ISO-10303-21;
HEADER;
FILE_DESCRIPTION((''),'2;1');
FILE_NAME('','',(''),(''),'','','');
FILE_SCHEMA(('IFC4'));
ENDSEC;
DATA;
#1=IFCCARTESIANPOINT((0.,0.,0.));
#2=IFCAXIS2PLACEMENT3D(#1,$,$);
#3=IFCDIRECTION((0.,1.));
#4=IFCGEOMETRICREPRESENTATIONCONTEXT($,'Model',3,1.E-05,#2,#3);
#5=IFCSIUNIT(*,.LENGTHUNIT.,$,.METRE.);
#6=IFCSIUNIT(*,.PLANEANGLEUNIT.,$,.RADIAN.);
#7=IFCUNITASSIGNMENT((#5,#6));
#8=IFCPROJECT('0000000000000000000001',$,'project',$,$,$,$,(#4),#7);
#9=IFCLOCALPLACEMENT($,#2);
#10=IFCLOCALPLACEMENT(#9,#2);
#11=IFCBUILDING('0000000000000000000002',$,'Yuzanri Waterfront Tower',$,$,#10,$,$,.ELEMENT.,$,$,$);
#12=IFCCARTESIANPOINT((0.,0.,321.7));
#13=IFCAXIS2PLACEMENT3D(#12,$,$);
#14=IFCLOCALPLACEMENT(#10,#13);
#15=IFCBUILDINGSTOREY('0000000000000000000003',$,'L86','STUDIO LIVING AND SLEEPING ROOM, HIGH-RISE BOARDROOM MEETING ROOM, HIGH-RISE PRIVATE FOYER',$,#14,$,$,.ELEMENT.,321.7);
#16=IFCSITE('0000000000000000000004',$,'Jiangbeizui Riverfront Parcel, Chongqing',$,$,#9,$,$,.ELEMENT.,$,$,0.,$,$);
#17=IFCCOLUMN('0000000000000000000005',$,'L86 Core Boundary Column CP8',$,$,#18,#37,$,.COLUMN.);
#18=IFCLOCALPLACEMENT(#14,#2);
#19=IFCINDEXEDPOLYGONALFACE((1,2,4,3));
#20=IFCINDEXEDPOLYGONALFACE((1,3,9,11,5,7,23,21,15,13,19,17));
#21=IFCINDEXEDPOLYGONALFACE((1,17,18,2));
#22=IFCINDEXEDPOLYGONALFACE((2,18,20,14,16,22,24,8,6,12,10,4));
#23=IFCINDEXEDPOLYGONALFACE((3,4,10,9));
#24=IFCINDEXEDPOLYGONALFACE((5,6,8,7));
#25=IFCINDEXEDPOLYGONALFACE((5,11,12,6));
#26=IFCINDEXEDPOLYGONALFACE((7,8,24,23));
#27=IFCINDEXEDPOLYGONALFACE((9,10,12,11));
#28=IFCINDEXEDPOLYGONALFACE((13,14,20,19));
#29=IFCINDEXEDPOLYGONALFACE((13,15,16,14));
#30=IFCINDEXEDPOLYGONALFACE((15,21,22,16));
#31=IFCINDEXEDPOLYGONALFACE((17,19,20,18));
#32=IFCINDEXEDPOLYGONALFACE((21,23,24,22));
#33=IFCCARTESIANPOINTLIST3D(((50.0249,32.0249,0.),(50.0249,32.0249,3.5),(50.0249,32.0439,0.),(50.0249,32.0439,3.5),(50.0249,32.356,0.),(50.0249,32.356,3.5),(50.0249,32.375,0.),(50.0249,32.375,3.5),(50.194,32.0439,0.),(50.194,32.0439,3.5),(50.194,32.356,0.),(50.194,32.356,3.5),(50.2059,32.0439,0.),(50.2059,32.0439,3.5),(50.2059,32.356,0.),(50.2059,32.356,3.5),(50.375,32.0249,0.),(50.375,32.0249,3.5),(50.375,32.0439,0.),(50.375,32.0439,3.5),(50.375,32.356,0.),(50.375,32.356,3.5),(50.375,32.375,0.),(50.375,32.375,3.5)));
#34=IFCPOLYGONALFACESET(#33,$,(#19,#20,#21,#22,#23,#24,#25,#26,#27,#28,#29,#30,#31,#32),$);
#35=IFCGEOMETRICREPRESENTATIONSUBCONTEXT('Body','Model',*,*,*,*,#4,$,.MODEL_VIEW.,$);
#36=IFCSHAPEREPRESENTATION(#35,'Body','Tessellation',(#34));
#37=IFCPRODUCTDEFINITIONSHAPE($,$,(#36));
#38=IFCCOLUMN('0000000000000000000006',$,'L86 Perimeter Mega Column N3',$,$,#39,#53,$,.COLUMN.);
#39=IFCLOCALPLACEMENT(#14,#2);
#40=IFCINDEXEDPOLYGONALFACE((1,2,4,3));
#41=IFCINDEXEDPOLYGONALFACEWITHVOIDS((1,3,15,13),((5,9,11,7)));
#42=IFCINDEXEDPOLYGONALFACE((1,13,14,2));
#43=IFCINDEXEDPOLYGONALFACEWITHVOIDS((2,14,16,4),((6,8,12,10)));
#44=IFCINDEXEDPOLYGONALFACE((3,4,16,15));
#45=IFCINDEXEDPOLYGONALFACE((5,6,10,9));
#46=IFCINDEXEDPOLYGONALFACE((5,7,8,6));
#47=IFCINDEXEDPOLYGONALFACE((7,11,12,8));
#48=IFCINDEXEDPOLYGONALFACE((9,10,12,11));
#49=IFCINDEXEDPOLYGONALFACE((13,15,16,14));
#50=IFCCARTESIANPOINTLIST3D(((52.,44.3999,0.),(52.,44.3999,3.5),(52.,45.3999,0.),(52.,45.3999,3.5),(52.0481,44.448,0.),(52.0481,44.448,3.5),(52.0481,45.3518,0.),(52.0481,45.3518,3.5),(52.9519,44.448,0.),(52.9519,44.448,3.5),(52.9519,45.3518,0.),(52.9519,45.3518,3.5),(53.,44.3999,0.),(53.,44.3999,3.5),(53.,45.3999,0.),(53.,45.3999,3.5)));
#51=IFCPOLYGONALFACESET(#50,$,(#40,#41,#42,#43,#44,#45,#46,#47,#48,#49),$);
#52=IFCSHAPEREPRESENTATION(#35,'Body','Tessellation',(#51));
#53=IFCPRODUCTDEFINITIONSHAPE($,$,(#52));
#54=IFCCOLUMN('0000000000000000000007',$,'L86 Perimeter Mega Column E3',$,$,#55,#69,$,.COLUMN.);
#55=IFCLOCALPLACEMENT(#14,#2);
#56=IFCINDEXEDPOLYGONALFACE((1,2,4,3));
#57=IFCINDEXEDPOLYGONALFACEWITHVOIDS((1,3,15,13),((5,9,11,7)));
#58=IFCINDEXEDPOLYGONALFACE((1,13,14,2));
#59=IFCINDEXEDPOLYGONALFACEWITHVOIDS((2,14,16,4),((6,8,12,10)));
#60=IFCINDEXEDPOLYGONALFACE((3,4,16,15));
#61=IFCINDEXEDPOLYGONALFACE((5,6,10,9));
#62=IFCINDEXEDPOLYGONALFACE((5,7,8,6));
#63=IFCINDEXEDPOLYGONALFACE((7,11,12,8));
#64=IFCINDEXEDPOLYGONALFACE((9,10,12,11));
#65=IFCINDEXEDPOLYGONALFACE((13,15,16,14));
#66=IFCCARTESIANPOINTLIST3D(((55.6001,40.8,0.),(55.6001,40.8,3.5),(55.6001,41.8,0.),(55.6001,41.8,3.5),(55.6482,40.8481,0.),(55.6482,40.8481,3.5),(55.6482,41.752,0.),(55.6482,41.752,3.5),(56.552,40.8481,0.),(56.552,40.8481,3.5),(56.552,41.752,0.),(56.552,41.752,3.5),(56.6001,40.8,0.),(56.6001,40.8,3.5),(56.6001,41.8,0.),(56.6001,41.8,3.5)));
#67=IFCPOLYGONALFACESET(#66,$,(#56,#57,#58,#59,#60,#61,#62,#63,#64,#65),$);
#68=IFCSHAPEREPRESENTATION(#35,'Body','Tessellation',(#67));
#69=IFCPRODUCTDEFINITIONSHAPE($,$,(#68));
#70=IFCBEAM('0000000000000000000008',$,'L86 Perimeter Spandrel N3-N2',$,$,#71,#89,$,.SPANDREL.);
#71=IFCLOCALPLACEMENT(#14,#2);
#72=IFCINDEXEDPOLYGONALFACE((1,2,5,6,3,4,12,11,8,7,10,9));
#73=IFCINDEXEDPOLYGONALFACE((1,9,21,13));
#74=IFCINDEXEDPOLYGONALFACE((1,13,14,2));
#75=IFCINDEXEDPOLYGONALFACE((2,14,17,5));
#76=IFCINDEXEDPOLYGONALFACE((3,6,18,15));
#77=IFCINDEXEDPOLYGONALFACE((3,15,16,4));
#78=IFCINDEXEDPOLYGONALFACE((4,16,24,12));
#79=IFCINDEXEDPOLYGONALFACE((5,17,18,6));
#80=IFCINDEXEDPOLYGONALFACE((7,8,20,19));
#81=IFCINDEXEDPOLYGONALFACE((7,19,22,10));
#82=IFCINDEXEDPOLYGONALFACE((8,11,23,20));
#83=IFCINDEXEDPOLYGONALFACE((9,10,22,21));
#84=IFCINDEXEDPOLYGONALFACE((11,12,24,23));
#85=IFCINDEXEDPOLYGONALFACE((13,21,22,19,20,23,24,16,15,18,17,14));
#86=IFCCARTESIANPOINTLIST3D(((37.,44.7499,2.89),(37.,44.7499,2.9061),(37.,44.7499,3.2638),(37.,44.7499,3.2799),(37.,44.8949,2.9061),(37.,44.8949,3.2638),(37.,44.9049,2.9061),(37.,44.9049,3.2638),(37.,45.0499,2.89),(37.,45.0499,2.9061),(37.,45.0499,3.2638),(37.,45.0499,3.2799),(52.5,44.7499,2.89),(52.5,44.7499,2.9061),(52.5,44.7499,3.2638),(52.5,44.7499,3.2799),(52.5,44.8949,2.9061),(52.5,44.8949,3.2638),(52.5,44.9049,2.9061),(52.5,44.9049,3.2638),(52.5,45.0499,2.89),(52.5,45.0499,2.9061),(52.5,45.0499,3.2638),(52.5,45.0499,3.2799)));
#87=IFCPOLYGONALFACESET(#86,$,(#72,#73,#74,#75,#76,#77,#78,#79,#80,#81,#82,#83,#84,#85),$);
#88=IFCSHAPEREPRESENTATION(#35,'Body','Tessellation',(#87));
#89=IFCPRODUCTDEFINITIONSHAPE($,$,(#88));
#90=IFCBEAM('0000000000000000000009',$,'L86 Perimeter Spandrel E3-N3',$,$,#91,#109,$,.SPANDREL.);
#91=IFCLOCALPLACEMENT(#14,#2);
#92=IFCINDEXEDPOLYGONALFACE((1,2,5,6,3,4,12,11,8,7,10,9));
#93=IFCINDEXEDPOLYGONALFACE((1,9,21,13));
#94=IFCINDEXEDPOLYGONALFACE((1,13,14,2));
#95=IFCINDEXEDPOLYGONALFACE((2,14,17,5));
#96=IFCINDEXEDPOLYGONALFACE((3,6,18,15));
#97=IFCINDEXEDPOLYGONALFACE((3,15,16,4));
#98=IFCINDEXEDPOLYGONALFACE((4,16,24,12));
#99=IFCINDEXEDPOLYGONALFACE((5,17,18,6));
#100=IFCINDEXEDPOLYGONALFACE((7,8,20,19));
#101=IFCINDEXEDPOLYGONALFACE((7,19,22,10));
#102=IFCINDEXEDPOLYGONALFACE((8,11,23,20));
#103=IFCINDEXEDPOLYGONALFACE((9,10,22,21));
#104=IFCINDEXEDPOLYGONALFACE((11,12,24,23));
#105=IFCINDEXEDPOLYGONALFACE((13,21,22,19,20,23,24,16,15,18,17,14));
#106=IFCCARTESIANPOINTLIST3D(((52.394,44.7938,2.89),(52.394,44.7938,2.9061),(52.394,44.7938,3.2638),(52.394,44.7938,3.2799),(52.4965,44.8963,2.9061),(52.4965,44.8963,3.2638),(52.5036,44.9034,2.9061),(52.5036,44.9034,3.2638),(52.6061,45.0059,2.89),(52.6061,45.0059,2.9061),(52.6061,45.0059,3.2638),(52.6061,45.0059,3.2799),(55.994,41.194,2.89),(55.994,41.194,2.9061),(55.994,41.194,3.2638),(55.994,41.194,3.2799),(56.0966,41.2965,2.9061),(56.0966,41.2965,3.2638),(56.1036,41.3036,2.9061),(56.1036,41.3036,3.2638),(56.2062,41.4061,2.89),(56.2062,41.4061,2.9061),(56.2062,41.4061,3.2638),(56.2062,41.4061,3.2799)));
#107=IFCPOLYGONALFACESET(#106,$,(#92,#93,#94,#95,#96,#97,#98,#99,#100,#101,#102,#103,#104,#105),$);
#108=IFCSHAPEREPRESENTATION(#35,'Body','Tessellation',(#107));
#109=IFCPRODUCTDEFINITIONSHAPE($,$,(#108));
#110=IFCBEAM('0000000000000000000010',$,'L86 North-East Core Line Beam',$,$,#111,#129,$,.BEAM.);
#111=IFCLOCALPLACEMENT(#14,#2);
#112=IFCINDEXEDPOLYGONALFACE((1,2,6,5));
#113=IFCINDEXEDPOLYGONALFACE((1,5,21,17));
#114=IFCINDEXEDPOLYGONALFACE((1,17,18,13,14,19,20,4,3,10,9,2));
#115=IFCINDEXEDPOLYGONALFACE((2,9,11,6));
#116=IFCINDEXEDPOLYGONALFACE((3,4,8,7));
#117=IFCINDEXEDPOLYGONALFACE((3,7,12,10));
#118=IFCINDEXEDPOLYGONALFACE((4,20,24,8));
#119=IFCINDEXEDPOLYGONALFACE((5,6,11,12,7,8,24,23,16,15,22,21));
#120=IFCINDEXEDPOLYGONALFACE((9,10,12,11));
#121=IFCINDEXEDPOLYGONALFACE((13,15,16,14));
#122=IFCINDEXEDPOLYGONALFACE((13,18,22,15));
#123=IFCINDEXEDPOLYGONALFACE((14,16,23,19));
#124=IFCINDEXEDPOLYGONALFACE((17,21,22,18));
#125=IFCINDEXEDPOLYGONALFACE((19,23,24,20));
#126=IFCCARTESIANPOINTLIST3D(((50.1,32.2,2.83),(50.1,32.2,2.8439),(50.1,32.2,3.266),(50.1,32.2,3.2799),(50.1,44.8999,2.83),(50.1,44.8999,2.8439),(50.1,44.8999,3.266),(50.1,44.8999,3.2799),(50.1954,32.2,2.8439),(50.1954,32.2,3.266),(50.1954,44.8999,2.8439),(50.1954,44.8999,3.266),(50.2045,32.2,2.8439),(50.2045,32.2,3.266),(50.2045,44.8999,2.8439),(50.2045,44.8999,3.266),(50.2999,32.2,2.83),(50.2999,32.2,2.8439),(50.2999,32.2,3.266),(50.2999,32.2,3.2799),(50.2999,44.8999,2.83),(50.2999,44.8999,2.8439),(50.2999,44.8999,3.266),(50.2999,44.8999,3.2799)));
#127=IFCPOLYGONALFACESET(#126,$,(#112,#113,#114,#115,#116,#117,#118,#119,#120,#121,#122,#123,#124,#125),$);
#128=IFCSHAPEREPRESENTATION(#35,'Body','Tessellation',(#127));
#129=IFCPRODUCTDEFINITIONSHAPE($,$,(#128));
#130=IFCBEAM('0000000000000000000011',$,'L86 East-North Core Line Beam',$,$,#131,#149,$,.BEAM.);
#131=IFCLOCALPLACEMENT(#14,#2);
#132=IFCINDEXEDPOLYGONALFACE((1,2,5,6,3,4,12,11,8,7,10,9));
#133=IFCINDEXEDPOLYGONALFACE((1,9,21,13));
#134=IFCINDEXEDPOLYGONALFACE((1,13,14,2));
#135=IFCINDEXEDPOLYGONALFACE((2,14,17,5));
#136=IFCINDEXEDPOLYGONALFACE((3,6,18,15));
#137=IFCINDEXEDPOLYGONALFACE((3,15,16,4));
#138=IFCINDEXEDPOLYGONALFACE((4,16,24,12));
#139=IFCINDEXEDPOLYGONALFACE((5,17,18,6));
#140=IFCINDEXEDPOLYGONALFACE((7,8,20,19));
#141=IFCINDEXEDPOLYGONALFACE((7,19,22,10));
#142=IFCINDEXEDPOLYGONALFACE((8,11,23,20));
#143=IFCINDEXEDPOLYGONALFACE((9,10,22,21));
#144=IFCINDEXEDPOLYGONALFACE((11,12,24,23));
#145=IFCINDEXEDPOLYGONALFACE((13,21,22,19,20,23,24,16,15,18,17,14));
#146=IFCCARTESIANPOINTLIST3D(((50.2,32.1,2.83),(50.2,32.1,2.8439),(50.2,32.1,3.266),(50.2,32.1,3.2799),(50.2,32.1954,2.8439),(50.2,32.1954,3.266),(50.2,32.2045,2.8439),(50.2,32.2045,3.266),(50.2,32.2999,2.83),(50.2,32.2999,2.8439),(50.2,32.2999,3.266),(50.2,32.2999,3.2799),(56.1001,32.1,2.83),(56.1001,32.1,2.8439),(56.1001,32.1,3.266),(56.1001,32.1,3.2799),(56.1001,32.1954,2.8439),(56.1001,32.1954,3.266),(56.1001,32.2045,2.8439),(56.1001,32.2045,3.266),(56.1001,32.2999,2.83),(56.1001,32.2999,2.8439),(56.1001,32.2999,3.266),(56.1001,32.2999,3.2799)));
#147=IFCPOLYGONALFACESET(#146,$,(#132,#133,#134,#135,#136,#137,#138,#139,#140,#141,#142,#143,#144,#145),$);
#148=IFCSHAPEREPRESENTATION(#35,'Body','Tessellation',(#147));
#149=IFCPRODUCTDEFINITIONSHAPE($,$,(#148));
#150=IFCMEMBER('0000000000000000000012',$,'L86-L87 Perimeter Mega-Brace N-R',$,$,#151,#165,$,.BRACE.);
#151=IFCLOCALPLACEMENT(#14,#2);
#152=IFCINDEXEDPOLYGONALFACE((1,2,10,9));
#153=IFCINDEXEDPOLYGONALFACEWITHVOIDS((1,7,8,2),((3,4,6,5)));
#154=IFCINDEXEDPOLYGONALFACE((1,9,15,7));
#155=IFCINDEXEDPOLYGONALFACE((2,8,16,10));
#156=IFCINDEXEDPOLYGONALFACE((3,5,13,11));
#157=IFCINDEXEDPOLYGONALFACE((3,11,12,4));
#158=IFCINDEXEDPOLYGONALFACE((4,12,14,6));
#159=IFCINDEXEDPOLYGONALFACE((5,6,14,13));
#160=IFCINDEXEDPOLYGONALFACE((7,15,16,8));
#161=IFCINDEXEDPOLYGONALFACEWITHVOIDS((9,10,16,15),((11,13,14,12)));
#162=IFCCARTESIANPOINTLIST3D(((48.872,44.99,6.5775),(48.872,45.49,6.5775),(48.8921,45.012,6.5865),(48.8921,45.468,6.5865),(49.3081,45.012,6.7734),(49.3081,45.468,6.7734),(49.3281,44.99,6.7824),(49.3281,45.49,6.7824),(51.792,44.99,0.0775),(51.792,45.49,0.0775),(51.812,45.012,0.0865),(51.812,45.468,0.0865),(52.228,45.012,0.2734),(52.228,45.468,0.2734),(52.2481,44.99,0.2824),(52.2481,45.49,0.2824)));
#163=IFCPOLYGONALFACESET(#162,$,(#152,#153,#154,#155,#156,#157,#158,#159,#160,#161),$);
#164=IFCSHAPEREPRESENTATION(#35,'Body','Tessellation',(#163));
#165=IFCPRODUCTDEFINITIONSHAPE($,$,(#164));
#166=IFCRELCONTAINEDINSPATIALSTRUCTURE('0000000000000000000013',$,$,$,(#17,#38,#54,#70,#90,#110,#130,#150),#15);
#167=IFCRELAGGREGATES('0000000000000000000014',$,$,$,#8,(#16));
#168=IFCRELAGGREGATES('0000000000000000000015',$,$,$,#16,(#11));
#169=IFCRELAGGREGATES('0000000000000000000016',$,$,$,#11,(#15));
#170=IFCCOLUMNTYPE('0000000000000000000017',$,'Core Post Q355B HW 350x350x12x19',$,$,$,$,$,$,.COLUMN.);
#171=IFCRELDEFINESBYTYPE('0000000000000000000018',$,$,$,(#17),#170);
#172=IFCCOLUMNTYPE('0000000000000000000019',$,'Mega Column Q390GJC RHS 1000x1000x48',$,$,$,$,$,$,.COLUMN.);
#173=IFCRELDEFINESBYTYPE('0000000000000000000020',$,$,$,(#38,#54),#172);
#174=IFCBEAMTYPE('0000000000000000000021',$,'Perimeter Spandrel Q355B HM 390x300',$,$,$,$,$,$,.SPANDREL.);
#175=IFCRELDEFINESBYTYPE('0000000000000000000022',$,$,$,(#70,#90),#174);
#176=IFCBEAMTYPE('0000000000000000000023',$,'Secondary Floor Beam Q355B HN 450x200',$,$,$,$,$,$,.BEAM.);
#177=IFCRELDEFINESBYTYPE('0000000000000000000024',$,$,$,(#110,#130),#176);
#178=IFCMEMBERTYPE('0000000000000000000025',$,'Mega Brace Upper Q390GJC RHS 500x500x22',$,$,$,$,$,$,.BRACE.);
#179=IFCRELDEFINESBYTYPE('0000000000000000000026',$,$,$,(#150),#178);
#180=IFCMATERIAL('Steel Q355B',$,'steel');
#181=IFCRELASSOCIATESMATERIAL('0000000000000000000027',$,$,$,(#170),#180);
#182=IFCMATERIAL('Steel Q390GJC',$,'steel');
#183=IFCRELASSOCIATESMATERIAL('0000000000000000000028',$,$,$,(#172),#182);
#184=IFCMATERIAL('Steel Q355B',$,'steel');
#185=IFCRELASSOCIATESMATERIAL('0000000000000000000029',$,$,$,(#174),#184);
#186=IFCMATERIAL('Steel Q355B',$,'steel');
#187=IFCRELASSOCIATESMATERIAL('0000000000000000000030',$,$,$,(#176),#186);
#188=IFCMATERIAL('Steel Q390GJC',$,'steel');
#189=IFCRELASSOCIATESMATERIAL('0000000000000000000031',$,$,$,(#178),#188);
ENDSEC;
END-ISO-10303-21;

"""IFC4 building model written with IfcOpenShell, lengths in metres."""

from ifc_helpers import new_model, si_unit, direction, frame, origin, origin_2d, place, context, subcontext, project, spatial, hollow_rectangle, i_section, extrude, source, transform, mapped, material, material_profile, profile_set, type_object, element, save


model = new_model("IFC4")

# Units and contexts
model_context = context("Model", 3, precision=1e-05, world=origin(), true_north=direction((0.0, 1.0)))
body_context = subcontext(model_context, "Body", "Model", "MODEL_VIEW")
ifc_project = project(units=[si_unit("LENGTHUNIT", "METRE"), si_unit("PLANEANGLEUNIT", "RADIAN")], contexts=[model_context])

# Site, building, storey
site_placement = place(None, origin())
site = spatial("IfcSite", under=ifc_project, at=site_placement, Name="Jiangbeizui Riverfront Parcel, Chongqing", CompositionType="ELEMENT", RefElevation=0.0)
building_placement = place(site_placement, origin())
building = spatial("IfcBuilding", under=site, at=building_placement, Name="Yuzanri Waterfront Tower", CompositionType="ELEMENT")
storey_placement = place(building_placement, frame((0.0, 0.0, 321.7)))
storey = spatial("IfcBuildingStorey", under=building, at=storey_placement, Name="L86", Description="STUDIO LIVING AND SLEEPING ROOM, HIGH-RISE BOARDROOM MEETING ROOM, HIGH-RISE PRIVATE FOYER", CompositionType="ELEMENT", Elevation=321.7)

# Columns
ifc_material_1 = material(Name="Steel Q355B", Category="steel")
ifc_material_profile_1 = material_profile(ifc_material_1, i_section(OverallWidth=0.3501, OverallDepth=0.3501, WebThickness=0.012, FlangeThickness=0.019, at=origin_2d()), Name="HW 350x350x12x19")
ifc_profile_set_1 = profile_set([ifc_material_profile_1], Name="Steel Q355B")
column_type_1 = type_object("IfcColumnType", Name="Core Post Q355B HW 350x350x12x19", PredefinedType="COLUMN", material=ifc_profile_set_1)
shared_shape_1 = source(origin(), body_context, "Body", "SweptSolid", [
    extrude(i_section(OverallWidth=0.3501, OverallDepth=0.3501, WebThickness=0.012, FlangeThickness=0.019, at=origin_2d()), origin(), (0.0, 0.0, 1.0), 3.5),
])
column_placement = place(storey_placement, frame((50.2, 32.2, 0.0), z_axis=(0.0, 0.0, 1.0), x_axis=(1.0, 0.0, 0.0)))
element("IfcColumn", 1, at=column_placement, inside=storey, type_object=column_type_1, Name="L86 Core Boundary Column CP8", PredefinedType="COLUMN", context=body_context, shape_type="MappedRepresentation", body=[
    mapped(shared_shape_1, transform((0.0, 0.0, 0.0), scale=1.0)),
])
ifc_material_2 = material(Name="Steel Q390GJC", Category="steel")
ifc_material_profile_2 = material_profile(ifc_material_2, hollow_rectangle(XDim=1.0, YDim=1.0, WallThickness=0.0481, at=origin_2d()), Name="RHS 1000x1000x48")
ifc_profile_set_2 = profile_set([ifc_material_profile_2], Name="Steel Q390GJC")
column_type_2 = type_object("IfcColumnType", Name="Mega Column Q390GJC RHS 1000x1000x48", PredefinedType="COLUMN", material=ifc_profile_set_2)
shared_shape_2 = source(origin(), body_context, "Body", "SweptSolid", [
    extrude(hollow_rectangle(XDim=1.0, YDim=1.0, WallThickness=0.0481, at=origin_2d()), origin(), (0.0, 0.0, 1.0), 3.5),
])
for number, where, z_axis, x_axis, name in (
    (2, (52.5, 44.8999, 0.0), (0.0, 0.0, 1.0), (1.0, 0.0, 0.0), "L86 Perimeter Mega Column N3"),
    (3, (56.1001, 41.3, 0.0), (0.0, 0.0, 1.0), (1.0, 0.0, 0.0), "L86 Perimeter Mega Column E3"),
):
    element("IfcColumn", number, at=place(storey_placement, frame(where, z_axis=z_axis, x_axis=x_axis)), inside=storey, type_object=column_type_2, Name=name, PredefinedType="COLUMN", context=body_context, shape_type="MappedRepresentation", body=[
        mapped(shared_shape_2, transform((0.0, 0.0, 0.0), scale=1.0)),
    ])

# Beams
ifc_material_3 = material(Name="Steel Q355B", Category="steel")
ifc_material_profile_3 = material_profile(ifc_material_3, i_section(OverallWidth=0.3, OverallDepth=0.3899, WebThickness=0.01, FlangeThickness=0.0161, at=origin_2d()), Name="HM 390x300x10x16")
ifc_profile_set_3 = profile_set([ifc_material_profile_3], Name="Steel Q355B")
beam_type_1 = type_object("IfcBeamType", Name="Perimeter Spandrel Q355B HM 390x300", PredefinedType="SPANDREL", material=ifc_profile_set_3)
shared_shape_3 = source(origin(), body_context, "Body", "SweptSolid", [
    extrude(i_section(OverallWidth=0.3, OverallDepth=0.3899, WebThickness=0.01, FlangeThickness=0.0161, at=origin_2d()), origin(), (0.0, 0.0, 1.0), 15.5),
])
beam_1_placement = place(storey_placement, frame((52.5, 44.8999, 3.085), z_axis=(-1.0, 0.0, 0.0), x_axis=(0.0, -1.0, 0.0)))
element("IfcBeam", 4, at=beam_1_placement, inside=storey, type_object=beam_type_1, Name="L86 Perimeter Spandrel N3-N2", PredefinedType="SPANDREL", context=body_context, shape_type="MappedRepresentation", body=[
    mapped(shared_shape_3, transform((0.0, 0.0, 0.0), scale=1.0)),
])
shared_shape_4 = source(origin(), body_context, "Body", "SweptSolid", [
    extrude(i_section(OverallWidth=0.3, OverallDepth=0.3899, WebThickness=0.01, FlangeThickness=0.0161, at=origin_2d()), origin(), (0.0, 0.0, 1.0), 5.0911),
])
beam_2_placement = place(storey_placement, frame((56.1001, 41.3, 3.085), z_axis=(-0.707131, 0.707083, 0.0), x_axis=(-0.707083, -0.707131, 0.0)))
element("IfcBeam", 5, at=beam_2_placement, inside=storey, type_object=beam_type_1, Name="L86 Perimeter Spandrel E3-N3", PredefinedType="SPANDREL", context=body_context, shape_type="MappedRepresentation", body=[
    mapped(shared_shape_4, transform((0.0, 0.0, 0.0), scale=1.0)),
])
ifc_material_4 = material(Name="Steel Q355B", Category="steel")
ifc_material_profile_4 = material_profile(ifc_material_4, i_section(OverallWidth=0.2, OverallDepth=0.45, WebThickness=0.009, FlangeThickness=0.0139, at=origin_2d()), Name="HN 450x200x9x14")
ifc_profile_set_4 = profile_set([ifc_material_profile_4], Name="Steel Q355B")
beam_type_2 = type_object("IfcBeamType", Name="Secondary Floor Beam Q355B HN 450x200", PredefinedType="BEAM", material=ifc_profile_set_4)
shared_shape_5 = source(origin(), body_context, "Body", "SweptSolid", [
    extrude(i_section(OverallWidth=0.2, OverallDepth=0.45, WebThickness=0.009, FlangeThickness=0.0139, at=origin_2d()), origin(), (0.0, 0.0, 1.0), 12.7),
])
beam_3_placement = place(storey_placement, frame((50.2, 32.2, 3.0549), z_axis=(0.0, 1.0, 0.0), x_axis=(-1.0, 0.0, 0.0)))
element("IfcBeam", 6, at=beam_3_placement, inside=storey, type_object=beam_type_2, Name="L86 North-East Core Line Beam", PredefinedType="BEAM", context=body_context, shape_type="MappedRepresentation", body=[
    mapped(shared_shape_5, transform((0.0, 0.0, 0.0), scale=1.0)),
])
shared_shape_6 = source(origin(), body_context, "Body", "SweptSolid", [
    extrude(i_section(OverallWidth=0.2, OverallDepth=0.45, WebThickness=0.009, FlangeThickness=0.0139, at=origin_2d()), origin(), (0.0, 0.0, 1.0), 5.9001),
])
beam_4_placement = place(storey_placement, frame((50.2, 32.2, 3.0549), z_axis=(1.0, 0.0, 0.0), x_axis=(0.0, 1.0, 0.0)))
element("IfcBeam", 7, at=beam_4_placement, inside=storey, type_object=beam_type_2, Name="L86 East-North Core Line Beam", PredefinedType="BEAM", context=body_context, shape_type="MappedRepresentation", body=[
    mapped(shared_shape_6, transform((0.0, 0.0, 0.0), scale=1.0)),
])

# Member
ifc_material_5 = material(Name="Steel Q390GJC", Category="steel")
ifc_material_profile_5 = material_profile(ifc_material_5, hollow_rectangle(XDim=0.5, YDim=0.5, WallThickness=0.022, at=origin_2d()), Name="RHS 500x500x22")
ifc_profile_set_5 = profile_set([ifc_material_profile_5], Name="Steel Q390GJC")
member_type_1 = type_object("IfcMemberType", Name="Mega Brace Upper Q390GJC RHS 500x500x22", PredefinedType="BRACE", material=ifc_profile_set_5)
shared_shape_7 = source(origin(), body_context, "Body", "SweptSolid", [
    extrude(hollow_rectangle(XDim=0.5, YDim=0.5, WallThickness=0.022, at=origin_2d()), origin(), (0.0, 0.0, 1.0), 7.1257),
])
for number, where, z_axis, x_axis, name in (
    (8, (52.02, 45.24, 0.1799), (-0.409772, 0.0, 0.912188), (0.0, -1.0, 0.0), "L86-L87 Perimeter Mega-Brace N-R"),
):
    element("IfcMember", number, at=place(storey_placement, frame(where, z_axis=z_axis, x_axis=x_axis)), inside=storey, type_object=member_type_1, Name=name, PredefinedType="BRACE", context=body_context, shape_type="MappedRepresentation", body=[
        mapped(shared_shape_7, transform((0.0, 0.0, 0.0), scale=1.0)),
    ])

save(model, "model.ifc")
